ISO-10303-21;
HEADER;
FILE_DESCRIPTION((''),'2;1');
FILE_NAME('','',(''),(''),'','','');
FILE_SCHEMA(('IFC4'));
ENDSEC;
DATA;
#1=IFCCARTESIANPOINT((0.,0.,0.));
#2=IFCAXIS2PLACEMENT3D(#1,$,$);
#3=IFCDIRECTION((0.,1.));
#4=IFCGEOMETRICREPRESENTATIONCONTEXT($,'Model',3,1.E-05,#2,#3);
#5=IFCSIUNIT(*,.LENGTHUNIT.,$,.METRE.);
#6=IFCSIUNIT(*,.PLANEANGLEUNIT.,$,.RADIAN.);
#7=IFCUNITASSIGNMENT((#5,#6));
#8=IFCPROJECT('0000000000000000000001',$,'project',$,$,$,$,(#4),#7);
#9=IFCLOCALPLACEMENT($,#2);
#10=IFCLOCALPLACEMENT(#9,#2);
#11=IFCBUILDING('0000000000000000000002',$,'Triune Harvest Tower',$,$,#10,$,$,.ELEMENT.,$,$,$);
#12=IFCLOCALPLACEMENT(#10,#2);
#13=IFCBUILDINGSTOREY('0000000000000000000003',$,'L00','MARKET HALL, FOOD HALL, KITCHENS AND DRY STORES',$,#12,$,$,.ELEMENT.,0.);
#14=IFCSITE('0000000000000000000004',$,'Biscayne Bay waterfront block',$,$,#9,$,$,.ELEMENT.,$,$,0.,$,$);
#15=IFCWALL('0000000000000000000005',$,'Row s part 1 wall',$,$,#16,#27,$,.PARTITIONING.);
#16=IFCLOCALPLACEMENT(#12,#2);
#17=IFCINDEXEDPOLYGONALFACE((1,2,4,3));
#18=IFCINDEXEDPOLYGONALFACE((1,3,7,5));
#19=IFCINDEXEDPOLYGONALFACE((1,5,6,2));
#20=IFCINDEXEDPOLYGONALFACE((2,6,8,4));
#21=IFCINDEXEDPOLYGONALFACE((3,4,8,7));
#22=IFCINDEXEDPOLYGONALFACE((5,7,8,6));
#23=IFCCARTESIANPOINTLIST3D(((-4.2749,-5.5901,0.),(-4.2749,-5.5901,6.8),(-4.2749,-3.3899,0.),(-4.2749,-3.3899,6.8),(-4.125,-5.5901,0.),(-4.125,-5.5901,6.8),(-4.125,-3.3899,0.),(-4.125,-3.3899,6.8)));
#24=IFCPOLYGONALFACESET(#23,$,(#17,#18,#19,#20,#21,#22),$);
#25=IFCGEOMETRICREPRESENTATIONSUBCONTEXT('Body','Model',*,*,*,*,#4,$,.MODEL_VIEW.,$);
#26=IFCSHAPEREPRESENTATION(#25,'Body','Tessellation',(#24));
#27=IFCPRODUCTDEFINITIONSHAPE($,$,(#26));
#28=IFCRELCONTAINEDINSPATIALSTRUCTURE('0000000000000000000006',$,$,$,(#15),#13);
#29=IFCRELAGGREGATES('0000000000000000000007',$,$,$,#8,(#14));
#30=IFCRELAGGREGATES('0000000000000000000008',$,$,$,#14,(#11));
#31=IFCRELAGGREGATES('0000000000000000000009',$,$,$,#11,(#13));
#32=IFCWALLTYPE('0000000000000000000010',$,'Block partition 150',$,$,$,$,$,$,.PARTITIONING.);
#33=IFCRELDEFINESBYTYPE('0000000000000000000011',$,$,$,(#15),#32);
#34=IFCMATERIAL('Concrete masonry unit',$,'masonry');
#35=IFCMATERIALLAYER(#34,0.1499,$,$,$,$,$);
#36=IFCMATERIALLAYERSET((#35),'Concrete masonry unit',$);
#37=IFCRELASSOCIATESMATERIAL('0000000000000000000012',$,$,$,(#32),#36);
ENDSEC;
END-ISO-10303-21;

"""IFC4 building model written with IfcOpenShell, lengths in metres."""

from ifc_helpers import new_model, si_unit, direction, frame, frame_2d, origin, place, context, subcontext, project, spatial, rectangle, extrude, source, transform, mapped, material, layer, layer_set, type_object, element, save


model = new_model("IFC4")

# Units and contexts
model_context = context("Model", 3, precision=1e-05, world=origin(), true_north=direction((0.0, 1.0)))
body_context = subcontext(model_context, "Body", "Model", "MODEL_VIEW")
ifc_project = project(units=[si_unit("LENGTHUNIT", "METRE"), si_unit("PLANEANGLEUNIT", "RADIAN")], contexts=[model_context])

# Site, building, storey
site_placement = place(None, origin())
site = spatial("IfcSite", under=ifc_project, at=site_placement, Name="Biscayne Bay waterfront block", CompositionType="ELEMENT", RefElevation=0.0)
building_placement = place(site_placement, origin())
building = spatial("IfcBuilding", under=site, at=building_placement, Name="Triune Harvest Tower", CompositionType="ELEMENT")
storey_placement = place(building_placement, origin())
storey = spatial("IfcBuildingStorey", under=building, at=storey_placement, Name="L00", Description="MARKET HALL, FOOD HALL, KITCHENS AND DRY STORES", CompositionType="ELEMENT", Elevation=0.0)

# Wall
ifc_material_1 = material(Name="Concrete masonry unit", Category="masonry")
ifc_layer_1 = layer(ifc_material_1, 0.1499)
ifc_layer_set_1 = layer_set([ifc_layer_1], Name="Concrete masonry unit")
wall_type_1 = type_object("IfcWallType", Name="Block partition 150", PredefinedType="PARTITIONING", material=ifc_layer_set_1)
shared_shape_1 = source(origin(), body_context, "Body", "SweptSolid", [
    extrude(rectangle(XDim=2.2002, YDim=0.1499, at=frame_2d((1.1001, 0.0))), origin(), (0.0, 0.0, 1.0), 6.8),
])
wall_1_placement = place(storey_placement, frame((-4.2, -5.5901, 0.0), z_axis=(0.0, 0.0, 1.0), x_axis=(0.0, 1.0, 0.0)))
element("IfcWall", 1, at=wall_1_placement, inside=storey, type_object=wall_type_1, Name="Row s part 1 wall", PredefinedType="PARTITIONING", context=body_context, shape_type="MappedRepresentation", body=[
    mapped(shared_shape_1, transform((0.0, 0.0, 0.0), scale=1.0)),
])

save(model, "model.ifc")
